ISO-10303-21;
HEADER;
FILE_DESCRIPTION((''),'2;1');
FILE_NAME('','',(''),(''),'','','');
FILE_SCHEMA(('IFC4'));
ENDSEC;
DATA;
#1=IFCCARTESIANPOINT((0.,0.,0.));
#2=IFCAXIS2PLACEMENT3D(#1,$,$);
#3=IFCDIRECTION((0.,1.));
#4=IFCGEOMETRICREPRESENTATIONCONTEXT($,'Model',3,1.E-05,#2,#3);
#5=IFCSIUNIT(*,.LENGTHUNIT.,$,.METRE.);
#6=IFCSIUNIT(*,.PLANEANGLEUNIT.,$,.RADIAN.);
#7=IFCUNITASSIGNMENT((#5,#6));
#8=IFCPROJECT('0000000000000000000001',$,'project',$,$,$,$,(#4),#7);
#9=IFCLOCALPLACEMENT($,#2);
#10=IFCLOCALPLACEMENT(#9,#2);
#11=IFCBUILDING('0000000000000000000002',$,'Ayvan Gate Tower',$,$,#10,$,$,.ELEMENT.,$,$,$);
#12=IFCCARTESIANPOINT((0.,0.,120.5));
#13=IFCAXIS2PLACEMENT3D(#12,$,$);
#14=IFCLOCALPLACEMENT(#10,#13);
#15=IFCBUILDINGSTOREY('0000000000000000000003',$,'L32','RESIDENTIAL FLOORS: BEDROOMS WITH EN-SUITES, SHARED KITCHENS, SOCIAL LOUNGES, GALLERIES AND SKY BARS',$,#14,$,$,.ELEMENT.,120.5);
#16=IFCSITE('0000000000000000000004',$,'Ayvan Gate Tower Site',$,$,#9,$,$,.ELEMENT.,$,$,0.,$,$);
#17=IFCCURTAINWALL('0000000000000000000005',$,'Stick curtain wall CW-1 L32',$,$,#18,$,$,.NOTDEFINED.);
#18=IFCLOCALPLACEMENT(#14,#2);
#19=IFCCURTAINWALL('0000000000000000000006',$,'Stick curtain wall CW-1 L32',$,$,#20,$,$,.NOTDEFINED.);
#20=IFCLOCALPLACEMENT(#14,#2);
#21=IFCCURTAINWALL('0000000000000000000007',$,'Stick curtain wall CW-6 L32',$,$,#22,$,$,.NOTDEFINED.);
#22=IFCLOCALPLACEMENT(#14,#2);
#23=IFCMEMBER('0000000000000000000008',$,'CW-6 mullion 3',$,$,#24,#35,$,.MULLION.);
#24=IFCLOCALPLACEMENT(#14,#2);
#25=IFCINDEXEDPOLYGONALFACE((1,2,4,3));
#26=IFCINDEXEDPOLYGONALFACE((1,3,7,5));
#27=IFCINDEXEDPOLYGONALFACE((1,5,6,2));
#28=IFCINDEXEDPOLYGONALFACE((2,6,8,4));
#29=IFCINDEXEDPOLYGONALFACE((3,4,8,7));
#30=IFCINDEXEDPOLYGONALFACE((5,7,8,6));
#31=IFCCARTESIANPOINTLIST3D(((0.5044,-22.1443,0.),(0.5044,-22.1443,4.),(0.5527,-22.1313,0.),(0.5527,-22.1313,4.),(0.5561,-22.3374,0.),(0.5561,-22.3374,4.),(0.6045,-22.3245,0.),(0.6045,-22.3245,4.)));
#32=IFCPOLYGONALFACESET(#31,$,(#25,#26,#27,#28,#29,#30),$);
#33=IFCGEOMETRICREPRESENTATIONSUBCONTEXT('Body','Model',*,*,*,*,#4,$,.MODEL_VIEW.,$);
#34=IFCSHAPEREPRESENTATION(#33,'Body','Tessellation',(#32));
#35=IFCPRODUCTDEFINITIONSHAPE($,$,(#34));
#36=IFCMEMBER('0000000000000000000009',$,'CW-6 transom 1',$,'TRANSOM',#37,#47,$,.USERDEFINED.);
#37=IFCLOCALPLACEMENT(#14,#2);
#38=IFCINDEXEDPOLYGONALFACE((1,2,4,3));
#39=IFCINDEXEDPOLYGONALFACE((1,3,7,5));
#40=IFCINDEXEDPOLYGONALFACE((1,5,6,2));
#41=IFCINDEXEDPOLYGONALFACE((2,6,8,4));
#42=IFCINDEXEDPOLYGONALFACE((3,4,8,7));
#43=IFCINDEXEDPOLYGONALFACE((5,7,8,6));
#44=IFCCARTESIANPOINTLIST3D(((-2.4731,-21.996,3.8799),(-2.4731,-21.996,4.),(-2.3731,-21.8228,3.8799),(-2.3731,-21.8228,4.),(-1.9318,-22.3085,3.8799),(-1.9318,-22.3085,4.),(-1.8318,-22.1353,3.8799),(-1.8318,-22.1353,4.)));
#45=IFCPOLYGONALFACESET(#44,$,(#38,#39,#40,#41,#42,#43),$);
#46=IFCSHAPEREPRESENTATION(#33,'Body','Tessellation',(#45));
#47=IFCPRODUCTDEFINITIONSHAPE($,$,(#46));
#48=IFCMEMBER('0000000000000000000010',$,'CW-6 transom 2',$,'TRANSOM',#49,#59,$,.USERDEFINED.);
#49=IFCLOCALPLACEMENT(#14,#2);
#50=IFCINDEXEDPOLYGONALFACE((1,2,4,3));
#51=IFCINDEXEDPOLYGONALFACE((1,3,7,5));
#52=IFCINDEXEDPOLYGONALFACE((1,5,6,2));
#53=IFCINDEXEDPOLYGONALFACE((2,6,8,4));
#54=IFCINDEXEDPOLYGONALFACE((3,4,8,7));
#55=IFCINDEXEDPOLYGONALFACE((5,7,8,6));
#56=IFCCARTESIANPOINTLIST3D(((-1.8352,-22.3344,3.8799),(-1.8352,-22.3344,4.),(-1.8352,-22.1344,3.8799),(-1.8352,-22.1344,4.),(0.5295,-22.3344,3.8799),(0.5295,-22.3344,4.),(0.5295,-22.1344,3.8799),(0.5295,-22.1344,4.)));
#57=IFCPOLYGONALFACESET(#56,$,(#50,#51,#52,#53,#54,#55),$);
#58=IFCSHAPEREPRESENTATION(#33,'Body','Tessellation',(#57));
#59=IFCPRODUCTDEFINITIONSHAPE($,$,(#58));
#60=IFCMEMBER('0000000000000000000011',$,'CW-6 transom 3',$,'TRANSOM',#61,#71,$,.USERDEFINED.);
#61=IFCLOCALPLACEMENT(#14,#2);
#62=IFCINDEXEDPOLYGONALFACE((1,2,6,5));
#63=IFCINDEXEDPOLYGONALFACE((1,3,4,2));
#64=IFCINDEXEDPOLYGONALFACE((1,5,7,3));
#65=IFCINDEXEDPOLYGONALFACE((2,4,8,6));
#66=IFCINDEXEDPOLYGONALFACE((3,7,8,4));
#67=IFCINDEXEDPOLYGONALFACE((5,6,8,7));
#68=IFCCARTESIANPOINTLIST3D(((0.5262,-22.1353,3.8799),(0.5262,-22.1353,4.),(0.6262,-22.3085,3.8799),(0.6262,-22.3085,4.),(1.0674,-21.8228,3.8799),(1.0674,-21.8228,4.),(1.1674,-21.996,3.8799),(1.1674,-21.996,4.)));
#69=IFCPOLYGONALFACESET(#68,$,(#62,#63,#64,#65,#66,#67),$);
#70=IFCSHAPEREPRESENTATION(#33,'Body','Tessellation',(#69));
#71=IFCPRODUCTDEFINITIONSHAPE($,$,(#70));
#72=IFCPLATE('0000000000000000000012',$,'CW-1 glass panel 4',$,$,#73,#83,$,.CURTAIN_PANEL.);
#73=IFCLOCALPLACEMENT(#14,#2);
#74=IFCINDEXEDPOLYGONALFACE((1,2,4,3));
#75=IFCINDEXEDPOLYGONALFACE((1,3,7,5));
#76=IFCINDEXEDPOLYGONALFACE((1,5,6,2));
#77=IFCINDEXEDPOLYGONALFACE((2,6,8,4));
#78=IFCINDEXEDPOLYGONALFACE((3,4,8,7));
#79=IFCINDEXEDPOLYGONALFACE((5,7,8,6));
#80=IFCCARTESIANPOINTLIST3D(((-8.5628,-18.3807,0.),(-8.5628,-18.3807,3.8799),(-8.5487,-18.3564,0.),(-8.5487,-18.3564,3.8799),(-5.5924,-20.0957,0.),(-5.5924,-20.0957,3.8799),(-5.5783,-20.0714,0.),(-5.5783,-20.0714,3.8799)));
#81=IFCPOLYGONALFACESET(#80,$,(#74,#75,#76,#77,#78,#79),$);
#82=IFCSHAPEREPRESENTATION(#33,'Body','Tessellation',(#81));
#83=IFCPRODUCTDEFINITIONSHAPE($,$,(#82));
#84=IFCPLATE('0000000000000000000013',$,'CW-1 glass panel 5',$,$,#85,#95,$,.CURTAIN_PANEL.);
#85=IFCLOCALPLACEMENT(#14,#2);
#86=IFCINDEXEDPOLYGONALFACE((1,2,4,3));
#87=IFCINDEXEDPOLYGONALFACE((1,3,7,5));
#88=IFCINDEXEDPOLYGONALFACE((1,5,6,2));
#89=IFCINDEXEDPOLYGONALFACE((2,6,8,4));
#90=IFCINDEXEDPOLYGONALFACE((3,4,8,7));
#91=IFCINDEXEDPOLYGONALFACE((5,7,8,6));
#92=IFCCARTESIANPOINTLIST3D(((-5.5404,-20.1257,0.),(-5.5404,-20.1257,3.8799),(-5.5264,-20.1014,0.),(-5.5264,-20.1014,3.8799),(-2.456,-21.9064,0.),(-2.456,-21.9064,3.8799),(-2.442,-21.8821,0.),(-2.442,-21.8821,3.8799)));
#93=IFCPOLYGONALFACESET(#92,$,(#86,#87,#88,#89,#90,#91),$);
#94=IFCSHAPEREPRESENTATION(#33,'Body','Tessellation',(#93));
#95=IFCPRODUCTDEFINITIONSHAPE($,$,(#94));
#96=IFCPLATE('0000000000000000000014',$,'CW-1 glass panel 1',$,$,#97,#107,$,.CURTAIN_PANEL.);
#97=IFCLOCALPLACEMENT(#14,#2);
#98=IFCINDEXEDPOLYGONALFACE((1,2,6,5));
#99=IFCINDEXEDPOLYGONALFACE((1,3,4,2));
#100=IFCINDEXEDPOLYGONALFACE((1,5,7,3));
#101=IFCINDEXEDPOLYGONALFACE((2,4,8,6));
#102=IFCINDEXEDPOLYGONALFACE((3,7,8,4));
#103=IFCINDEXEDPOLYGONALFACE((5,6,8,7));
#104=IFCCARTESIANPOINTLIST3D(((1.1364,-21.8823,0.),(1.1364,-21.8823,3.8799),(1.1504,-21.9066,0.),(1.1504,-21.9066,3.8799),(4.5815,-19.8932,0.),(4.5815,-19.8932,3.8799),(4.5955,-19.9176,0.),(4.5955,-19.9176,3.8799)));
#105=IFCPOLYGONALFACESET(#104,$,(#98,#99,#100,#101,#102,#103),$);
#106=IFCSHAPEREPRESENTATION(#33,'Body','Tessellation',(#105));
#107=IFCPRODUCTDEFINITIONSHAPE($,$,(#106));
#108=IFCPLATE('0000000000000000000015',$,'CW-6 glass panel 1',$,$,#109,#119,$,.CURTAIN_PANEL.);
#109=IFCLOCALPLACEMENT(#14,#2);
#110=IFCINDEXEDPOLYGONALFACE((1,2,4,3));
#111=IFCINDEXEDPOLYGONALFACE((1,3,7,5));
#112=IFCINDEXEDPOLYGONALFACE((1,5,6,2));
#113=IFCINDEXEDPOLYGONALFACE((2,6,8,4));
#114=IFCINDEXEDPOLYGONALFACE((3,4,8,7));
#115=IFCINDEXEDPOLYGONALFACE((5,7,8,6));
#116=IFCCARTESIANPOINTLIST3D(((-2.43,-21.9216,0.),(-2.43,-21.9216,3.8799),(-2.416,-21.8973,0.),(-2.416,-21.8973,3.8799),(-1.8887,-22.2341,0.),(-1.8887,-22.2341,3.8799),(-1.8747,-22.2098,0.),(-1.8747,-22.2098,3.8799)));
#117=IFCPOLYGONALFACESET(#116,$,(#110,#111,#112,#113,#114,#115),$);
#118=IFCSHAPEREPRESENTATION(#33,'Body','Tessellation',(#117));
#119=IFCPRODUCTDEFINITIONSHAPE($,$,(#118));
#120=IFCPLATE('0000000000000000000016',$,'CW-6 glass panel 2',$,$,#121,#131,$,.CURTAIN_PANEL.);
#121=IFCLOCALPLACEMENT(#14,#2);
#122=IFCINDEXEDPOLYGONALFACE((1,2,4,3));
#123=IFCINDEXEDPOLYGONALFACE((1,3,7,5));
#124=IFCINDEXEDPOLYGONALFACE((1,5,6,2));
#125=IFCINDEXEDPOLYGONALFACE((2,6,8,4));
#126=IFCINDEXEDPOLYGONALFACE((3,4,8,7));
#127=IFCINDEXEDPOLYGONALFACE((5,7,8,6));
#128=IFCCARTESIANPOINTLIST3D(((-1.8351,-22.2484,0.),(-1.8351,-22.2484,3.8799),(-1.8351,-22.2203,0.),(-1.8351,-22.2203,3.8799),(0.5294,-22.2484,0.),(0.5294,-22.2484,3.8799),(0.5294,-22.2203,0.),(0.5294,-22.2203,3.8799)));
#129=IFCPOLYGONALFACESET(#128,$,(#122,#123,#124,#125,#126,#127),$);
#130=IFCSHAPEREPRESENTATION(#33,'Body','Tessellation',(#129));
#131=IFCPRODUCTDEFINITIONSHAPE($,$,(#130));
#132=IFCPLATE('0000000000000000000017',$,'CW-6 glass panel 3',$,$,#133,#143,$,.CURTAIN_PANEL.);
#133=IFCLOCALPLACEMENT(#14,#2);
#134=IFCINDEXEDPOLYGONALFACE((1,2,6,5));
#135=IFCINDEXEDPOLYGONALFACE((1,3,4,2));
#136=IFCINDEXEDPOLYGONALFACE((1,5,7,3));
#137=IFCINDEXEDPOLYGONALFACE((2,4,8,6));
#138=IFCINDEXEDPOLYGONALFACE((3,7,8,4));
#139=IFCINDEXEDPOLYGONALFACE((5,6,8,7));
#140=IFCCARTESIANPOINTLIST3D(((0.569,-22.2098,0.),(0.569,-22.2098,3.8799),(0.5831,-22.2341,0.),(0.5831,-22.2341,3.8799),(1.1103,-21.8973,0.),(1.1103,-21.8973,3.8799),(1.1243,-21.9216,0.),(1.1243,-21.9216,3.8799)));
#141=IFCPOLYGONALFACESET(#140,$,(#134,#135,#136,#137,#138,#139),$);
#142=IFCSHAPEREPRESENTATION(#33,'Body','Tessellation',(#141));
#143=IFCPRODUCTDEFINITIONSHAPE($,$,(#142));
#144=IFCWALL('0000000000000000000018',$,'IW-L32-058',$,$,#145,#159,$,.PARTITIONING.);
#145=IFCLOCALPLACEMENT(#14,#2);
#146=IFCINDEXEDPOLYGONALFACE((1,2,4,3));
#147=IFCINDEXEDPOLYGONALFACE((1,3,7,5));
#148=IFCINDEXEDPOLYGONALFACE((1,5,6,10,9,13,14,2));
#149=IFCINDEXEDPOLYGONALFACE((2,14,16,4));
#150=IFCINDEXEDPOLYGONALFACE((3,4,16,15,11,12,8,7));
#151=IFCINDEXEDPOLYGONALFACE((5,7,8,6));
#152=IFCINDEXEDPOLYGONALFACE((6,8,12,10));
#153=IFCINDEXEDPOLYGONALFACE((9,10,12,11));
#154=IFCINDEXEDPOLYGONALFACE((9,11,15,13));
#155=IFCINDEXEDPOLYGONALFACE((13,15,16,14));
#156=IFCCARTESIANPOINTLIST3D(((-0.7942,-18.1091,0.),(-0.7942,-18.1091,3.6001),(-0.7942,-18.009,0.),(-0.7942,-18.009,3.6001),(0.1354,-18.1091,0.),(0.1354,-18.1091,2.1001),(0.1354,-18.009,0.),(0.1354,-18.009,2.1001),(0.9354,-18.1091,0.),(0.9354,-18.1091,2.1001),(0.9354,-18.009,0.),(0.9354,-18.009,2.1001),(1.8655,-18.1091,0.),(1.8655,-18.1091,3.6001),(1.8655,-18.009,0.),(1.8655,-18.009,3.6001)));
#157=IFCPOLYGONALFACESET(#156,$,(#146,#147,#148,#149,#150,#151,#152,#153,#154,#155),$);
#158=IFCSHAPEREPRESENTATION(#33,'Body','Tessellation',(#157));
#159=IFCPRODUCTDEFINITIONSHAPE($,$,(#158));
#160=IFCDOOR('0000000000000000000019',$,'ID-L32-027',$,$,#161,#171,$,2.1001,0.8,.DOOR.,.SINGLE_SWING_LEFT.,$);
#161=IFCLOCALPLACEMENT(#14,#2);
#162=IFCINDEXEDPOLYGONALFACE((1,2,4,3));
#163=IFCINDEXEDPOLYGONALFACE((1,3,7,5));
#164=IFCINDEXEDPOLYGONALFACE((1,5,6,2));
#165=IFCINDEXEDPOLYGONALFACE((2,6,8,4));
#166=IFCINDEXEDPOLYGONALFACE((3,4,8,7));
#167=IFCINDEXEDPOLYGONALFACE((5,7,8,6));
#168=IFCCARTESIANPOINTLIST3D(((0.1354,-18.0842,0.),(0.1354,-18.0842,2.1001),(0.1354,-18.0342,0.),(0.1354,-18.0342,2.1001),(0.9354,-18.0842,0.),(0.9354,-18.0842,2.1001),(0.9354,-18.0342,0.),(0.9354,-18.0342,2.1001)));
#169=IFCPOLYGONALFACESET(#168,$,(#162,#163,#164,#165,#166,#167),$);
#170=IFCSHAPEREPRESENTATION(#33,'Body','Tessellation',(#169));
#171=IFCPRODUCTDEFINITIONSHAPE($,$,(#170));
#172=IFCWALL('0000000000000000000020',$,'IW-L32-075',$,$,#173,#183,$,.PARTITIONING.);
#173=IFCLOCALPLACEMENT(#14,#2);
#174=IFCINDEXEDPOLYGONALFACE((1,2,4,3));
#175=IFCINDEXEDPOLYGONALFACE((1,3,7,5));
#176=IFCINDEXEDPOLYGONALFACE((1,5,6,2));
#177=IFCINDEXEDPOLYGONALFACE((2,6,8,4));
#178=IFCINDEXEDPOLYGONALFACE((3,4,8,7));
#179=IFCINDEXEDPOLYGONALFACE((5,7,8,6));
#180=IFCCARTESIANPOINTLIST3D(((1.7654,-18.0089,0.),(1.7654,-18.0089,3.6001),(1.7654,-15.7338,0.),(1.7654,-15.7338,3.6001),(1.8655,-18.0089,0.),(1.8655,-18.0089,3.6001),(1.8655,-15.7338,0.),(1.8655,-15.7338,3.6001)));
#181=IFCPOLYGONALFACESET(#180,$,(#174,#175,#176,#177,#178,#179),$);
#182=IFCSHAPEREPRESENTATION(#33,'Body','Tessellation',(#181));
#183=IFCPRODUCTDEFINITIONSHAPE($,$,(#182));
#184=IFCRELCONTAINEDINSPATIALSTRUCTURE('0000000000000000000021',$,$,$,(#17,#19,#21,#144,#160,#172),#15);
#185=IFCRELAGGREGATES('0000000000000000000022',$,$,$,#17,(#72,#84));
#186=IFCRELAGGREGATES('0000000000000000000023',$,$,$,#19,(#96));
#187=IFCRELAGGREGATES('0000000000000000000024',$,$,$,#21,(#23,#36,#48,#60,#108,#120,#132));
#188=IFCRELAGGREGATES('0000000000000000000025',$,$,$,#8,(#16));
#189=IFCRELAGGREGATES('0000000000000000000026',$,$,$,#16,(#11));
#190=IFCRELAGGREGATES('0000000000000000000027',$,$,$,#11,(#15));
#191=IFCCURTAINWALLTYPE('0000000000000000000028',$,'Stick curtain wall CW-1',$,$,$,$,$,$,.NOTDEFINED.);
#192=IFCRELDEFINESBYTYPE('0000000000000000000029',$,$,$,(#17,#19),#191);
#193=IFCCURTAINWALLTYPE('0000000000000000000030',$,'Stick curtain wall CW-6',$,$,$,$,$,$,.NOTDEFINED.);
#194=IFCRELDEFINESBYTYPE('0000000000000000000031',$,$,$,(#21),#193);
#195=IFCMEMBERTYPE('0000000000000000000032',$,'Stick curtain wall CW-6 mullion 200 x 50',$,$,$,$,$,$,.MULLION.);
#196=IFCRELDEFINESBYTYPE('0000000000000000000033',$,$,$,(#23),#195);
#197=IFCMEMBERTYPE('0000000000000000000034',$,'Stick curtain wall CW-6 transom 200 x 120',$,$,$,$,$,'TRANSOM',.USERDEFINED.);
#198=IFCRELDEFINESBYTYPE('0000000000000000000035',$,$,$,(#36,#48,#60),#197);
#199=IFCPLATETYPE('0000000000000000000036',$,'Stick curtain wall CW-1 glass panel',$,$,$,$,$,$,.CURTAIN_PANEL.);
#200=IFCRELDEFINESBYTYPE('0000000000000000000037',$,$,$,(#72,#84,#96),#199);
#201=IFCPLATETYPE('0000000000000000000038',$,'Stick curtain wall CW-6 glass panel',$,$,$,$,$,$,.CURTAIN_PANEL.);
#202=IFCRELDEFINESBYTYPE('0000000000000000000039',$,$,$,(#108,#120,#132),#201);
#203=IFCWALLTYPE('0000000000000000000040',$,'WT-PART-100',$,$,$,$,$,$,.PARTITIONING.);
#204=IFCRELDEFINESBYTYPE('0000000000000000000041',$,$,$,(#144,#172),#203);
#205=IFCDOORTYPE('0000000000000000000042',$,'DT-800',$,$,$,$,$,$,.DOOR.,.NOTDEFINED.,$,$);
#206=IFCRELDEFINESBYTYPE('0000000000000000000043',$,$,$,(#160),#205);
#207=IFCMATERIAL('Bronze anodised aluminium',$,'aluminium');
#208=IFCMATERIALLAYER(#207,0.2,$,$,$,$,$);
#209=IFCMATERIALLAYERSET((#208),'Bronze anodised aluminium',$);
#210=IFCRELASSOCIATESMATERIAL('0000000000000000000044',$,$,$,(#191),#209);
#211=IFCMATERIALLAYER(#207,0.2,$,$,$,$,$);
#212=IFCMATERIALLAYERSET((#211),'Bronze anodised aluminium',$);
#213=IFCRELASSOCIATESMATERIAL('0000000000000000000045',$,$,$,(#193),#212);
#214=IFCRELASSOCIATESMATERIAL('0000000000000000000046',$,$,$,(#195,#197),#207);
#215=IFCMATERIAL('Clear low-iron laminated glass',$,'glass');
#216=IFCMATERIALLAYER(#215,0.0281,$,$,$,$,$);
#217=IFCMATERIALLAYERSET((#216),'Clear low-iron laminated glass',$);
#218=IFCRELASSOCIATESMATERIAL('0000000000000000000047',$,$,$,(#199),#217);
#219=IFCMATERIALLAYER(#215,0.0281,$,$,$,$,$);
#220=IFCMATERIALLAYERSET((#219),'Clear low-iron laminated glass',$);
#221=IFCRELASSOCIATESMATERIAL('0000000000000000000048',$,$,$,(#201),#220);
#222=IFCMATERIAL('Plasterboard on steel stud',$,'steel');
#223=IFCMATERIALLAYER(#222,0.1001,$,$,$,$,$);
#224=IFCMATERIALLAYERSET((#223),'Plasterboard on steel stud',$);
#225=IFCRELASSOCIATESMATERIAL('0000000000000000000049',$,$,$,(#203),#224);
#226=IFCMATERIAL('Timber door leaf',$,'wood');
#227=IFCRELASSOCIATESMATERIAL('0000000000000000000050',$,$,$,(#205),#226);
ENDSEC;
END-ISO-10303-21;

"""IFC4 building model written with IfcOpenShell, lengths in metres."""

from ifc_helpers import new_model, si_unit, direction, frame, frame_2d, origin, origin_2d, place, context, subcontext, project, spatial, rectangle, extrude, material, layer, layer_set, material_profile, profile_set, type_object, element, fill, aggregate, save


model = new_model("IFC4")

# Units and contexts
model_context = context("Model", 3, precision=1e-05, world=origin(), true_north=direction((0.0, 1.0)))
body_context = subcontext(model_context, "Body", "Model", "MODEL_VIEW")
ifc_project = project(units=[si_unit("LENGTHUNIT", "METRE"), si_unit("PLANEANGLEUNIT", "RADIAN")], contexts=[model_context])

# Site, building, storey
site_placement = place(None, origin())
site = spatial("IfcSite", under=ifc_project, at=site_placement, Name="Ayvan Gate Tower Site", CompositionType="ELEMENT", RefElevation=0.0)
building_placement = place(site_placement, origin())
building = spatial("IfcBuilding", under=site, at=building_placement, Name="Ayvan Gate Tower", CompositionType="ELEMENT")
storey_placement = place(building_placement, frame((0.0, 0.0, 120.5)))
storey = spatial("IfcBuildingStorey", under=building, at=storey_placement, Name="L32", Description="RESIDENTIAL FLOORS: BEDROOMS WITH EN-SUITES, SHARED KITCHENS, SOCIAL LOUNGES, GALLERIES AND SKY BARS", CompositionType="ELEMENT", Elevation=120.5)

# Curtain walls, members
ifc_material_1 = material(Name="Bronze anodised aluminium", Category="aluminium")
ifc_layer_1 = layer(ifc_material_1, 0.2)
ifc_layer_set_1 = layer_set([ifc_layer_1], Name="Bronze anodised aluminium")
curtain_wall_type_1 = type_object("IfcCurtainWallType", Name="Stick curtain wall CW-1", PredefinedType="NOTDEFINED", material=ifc_layer_set_1)
curtain_wall_1_placement = place(storey_placement, origin())
curtain_wall_1 = element("IfcCurtainWall", 1, at=curtain_wall_1_placement, inside=storey, type_object=curtain_wall_type_1, Name="Stick curtain wall CW-1 L32", PredefinedType="NOTDEFINED")
curtain_wall_2_placement = place(storey_placement, origin())
curtain_wall_2 = element("IfcCurtainWall", 2, at=curtain_wall_2_placement, inside=storey, type_object=curtain_wall_type_1, Name="Stick curtain wall CW-1 L32", PredefinedType="NOTDEFINED")
ifc_layer_2 = layer(ifc_material_1, 0.2)
ifc_layer_set_2 = layer_set([ifc_layer_2], Name="Bronze anodised aluminium")
curtain_wall_type_2 = type_object("IfcCurtainWallType", Name="Stick curtain wall CW-6", PredefinedType="NOTDEFINED", material=ifc_layer_set_2)
curtain_wall_3_placement = place(storey_placement, origin())
curtain_wall_3 = element("IfcCurtainWall", 3, at=curtain_wall_3_placement, inside=storey, type_object=curtain_wall_type_2, Name="Stick curtain wall CW-6 L32", PredefinedType="NOTDEFINED")
ifc_material_profile_1 = material_profile(ifc_material_1, rectangle(XDim=0.2, YDim=0.05, at=origin_2d()), Name="Stick curtain wall CW-6 mullion 200 x 50")
ifc_profile_set_1 = profile_set([ifc_material_profile_1], Name="Bronze anodised aluminium")
member_type_1 = type_object("IfcMemberType", Name="Stick curtain wall CW-6 mullion 200 x 50", PredefinedType="MULLION", material=ifc_profile_set_1)
member_1_placement = place(storey_placement, frame((0.5544, -22.2344, 0.0), z_axis=(0.0, 0.0, 1.0), x_axis=(0.258819, -0.965926, 0.0)))
member_1 = element("IfcMember", 4, at=member_1_placement, type_object=member_type_1, Name="CW-6 mullion 3", PredefinedType="MULLION", context=body_context, shape_type="SweptSolid", body=[
    extrude(rectangle(XDim=0.2, YDim=0.05, at=origin_2d()), origin(), (0.0, 0.0, 1.0), 4.0),
])
ifc_material_profile_2 = material_profile(ifc_material_1, rectangle(XDim=0.2, YDim=0.1201, at=origin_2d()), Name="Stick curtain wall CW-6 transom 200 x 120")
ifc_profile_set_2 = profile_set([ifc_material_profile_2], Name="Bronze anodised aluminium")
member_type_2 = type_object("IfcMemberType", Name="Stick curtain wall CW-6 transom 200 x 120", ElementType="TRANSOM", PredefinedType="USERDEFINED", material=ifc_profile_set_2)
member_2_placement = place(storey_placement, frame((-2.4231, -21.9094, 3.9399), z_axis=(0.866023, -0.500004, 0.0), x_axis=(0.500004, 0.866023, 0.0)))
member_2 = element("IfcMember", 5, at=member_2_placement, type_object=member_type_2, Name="CW-6 transom 1", ObjectType="TRANSOM", PredefinedType="USERDEFINED", context=body_context, shape_type="SweptSolid", body=[
    extrude(rectangle(XDim=0.2, YDim=0.1201, at=origin_2d()), origin(), (0.0, 0.0, 1.0), 0.625),
])
member_3_placement = place(storey_placement, frame((-1.8352, -22.2344, 3.9399), z_axis=(1.0, 0.0, 0.0), x_axis=(0.0, 1.0, 0.0)))
member_3 = element("IfcMember", 6, at=member_3_placement, type_object=member_type_2, Name="CW-6 transom 2", ObjectType="TRANSOM", PredefinedType="USERDEFINED", context=body_context, shape_type="SweptSolid", body=[
    extrude(rectangle(XDim=0.2, YDim=0.1201, at=origin_2d()), origin(), (0.0, 0.0, 1.0), 2.3647),
])
member_4_placement = place(storey_placement, frame((0.5762, -22.2219, 3.9399), z_axis=(0.866023, 0.500004, 0.0), x_axis=(-0.500004, 0.866023, 0.0)))
member_4 = element("IfcMember", 7, at=member_4_placement, type_object=member_type_2, Name="CW-6 transom 3", ObjectType="TRANSOM", PredefinedType="USERDEFINED", context=body_context, shape_type="SweptSolid", body=[
    extrude(rectangle(XDim=0.2, YDim=0.1201, at=origin_2d()), origin(), (0.0, 0.0, 1.0), 0.625),
])

# Plates
ifc_material_2 = material(Name="Clear low-iron laminated glass", Category="glass")
ifc_layer_3 = layer(ifc_material_2, 0.0281)
ifc_layer_set_3 = layer_set([ifc_layer_3], Name="Clear low-iron laminated glass")
plate_type_1 = type_object("IfcPlateType", Name="Stick curtain wall CW-1 glass panel", PredefinedType="CURTAIN_PANEL", material=ifc_layer_set_3)
plate_1_placement = place(storey_placement, frame((-7.0706, -19.2261, 0.0), z_axis=(0.0, 0.0, 1.0), x_axis=(0.866025, -0.5, 0.0)))
plate_1 = element("IfcPlate", 8, at=plate_1_placement, type_object=plate_type_1, Name="CW-1 glass panel 4", PredefinedType="CURTAIN_PANEL", context=body_context, shape_type="SweptSolid", body=[
    extrude(rectangle(XDim=3.4299, YDim=0.0281, at=origin_2d()), origin(), (0.0, 0.0, 1.0), 3.8799),
])
plate_2_placement = place(storey_placement, frame((-3.9912, -21.0039, 0.0), z_axis=(0.0, 0.0, 1.0), x_axis=(0.866025, -0.5, 0.0)))
plate_2 = element("IfcPlate", 9, at=plate_2_placement, type_object=plate_type_1, Name="CW-1 glass panel 5", PredefinedType="CURTAIN_PANEL", context=body_context, shape_type="SweptSolid", body=[
    extrude(rectangle(XDim=3.5615, YDim=0.0281, at=origin_2d()), origin(), (0.0, 0.0, 1.0), 3.8799),
])
aggregate(curtain_wall_1, [plate_1, plate_2])
plate_3_placement = place(storey_placement, frame((2.866, -20.8999, 0.0), z_axis=(0.0, 0.0, 1.0), x_axis=(0.866025, 0.5, 0.0)))
plate_3 = element("IfcPlate", 10, at=plate_3_placement, type_object=plate_type_1, Name="CW-1 glass panel 1", PredefinedType="CURTAIN_PANEL", context=body_context, shape_type="SweptSolid", body=[
    extrude(rectangle(XDim=3.978, YDim=0.0281, at=origin_2d()), origin(), (0.0, 0.0, 1.0), 3.8799),
])
aggregate(curtain_wall_2, [plate_3])
ifc_layer_4 = layer(ifc_material_2, 0.0281)
ifc_layer_set_4 = layer_set([ifc_layer_4], Name="Clear low-iron laminated glass")
plate_type_2 = type_object("IfcPlateType", Name="Stick curtain wall CW-6 glass panel", PredefinedType="CURTAIN_PANEL", material=ifc_layer_set_4)
plate_4_placement = place(storey_placement, frame((-2.1523, -22.0657, 0.0), z_axis=(0.0, 0.0, 1.0), x_axis=(0.866025, -0.5, 0.0)))
plate_4 = element("IfcPlate", 11, at=plate_4_placement, type_object=plate_type_2, Name="CW-6 glass panel 1", PredefinedType="CURTAIN_PANEL", context=body_context, shape_type="SweptSolid", body=[
    extrude(rectangle(XDim=0.625, YDim=0.0281, at=origin_2d()), origin(), (0.0, 0.0, 1.0), 3.8799),
])
plate_5_placement = place(storey_placement, frame((-0.6528, -22.2344, 0.0), z_axis=(0.0, 0.0, 1.0), x_axis=(1.0, 0.0, 0.0)))
plate_5 = element("IfcPlate", 12, at=plate_5_placement, type_object=plate_type_2, Name="CW-6 glass panel 2", PredefinedType="CURTAIN_PANEL", context=body_context, shape_type="SweptSolid", body=[
    extrude(rectangle(XDim=2.3645, YDim=0.0281, at=origin_2d()), origin(), (0.0, 0.0, 1.0), 3.8799),
])
plate_6_placement = place(storey_placement, frame((0.8467, -22.0657, 0.0), z_axis=(0.0, 0.0, 1.0), x_axis=(0.866025, 0.5, 0.0)))
plate_6 = element("IfcPlate", 13, at=plate_6_placement, type_object=plate_type_2, Name="CW-6 glass panel 3", PredefinedType="CURTAIN_PANEL", context=body_context, shape_type="SweptSolid", body=[
    extrude(rectangle(XDim=0.625, YDim=0.0281, at=origin_2d()), origin(), (0.0, 0.0, 1.0), 3.8799),
])
aggregate(curtain_wall_3, [member_1, member_2, member_3, member_4, plate_4, plate_5, plate_6])

# Wall, opening, door
ifc_material_3 = material(Name="Plasterboard on steel stud", Category="steel")
ifc_layer_5 = layer(ifc_material_3, 0.1001)
ifc_layer_set_5 = layer_set([ifc_layer_5], Name="Plasterboard on steel stud")
wall_type = type_object("IfcWallType", Name="WT-PART-100", PredefinedType="PARTITIONING", material=ifc_layer_set_5)
wall_1_placement = place(storey_placement, frame((-0.7942, -18.0591, 0.0), z_axis=(0.0, 0.0, 1.0), x_axis=(1.0, 0.0, 0.0)))
wall_1 = element("IfcWall", 14, at=wall_1_placement, inside=storey, type_object=wall_type, Name="IW-L32-058", PredefinedType="PARTITIONING", context=body_context, shape_type="SweptSolid", body=[
    extrude(rectangle(XDim=2.6597, YDim=0.1001, at=frame_2d((1.3298, 0.0))), origin(), (0.0, 0.0, 1.0), 3.6001),
])
opening_placement = place(wall_1_placement, frame((0.9297, 0.0, 0.0)))
opening = element("IfcOpeningElement", 15, at=opening_placement, cuts=wall_1, PredefinedType="OPENING", context=body_context, shape_type="SweptSolid", body=[
    extrude(rectangle(XDim=0.8, YDim=2.1001, at=frame_2d((0.3999, 1.05))), frame((0.0, 0.0601, 0.0), z_axis=(0.0, -1.0, 0.0), x_axis=(1.0, 0.0, 0.0)), (0.0, 0.0, 1.0), 0.1201),
])
ifc_material_4 = material(Name="Timber door leaf", Category="wood")
door_type = type_object("IfcDoorType", Name="DT-800", OperationType="NOTDEFINED", PredefinedType="DOOR", material=ifc_material_4)
door_placement = place(opening_placement, origin())
door = element("IfcDoor", 16, at=door_placement, inside=storey, type_object=door_type, Name="ID-L32-027", OperationType="SINGLE_SWING_LEFT", OverallHeight=2.1001, OverallWidth=0.8, PredefinedType="DOOR", context=body_context, shape_type="SweptSolid", body=[
    extrude(rectangle(XDim=0.8, YDim=2.1001, at=frame_2d((0.3999, 1.05))), frame((0.0, 0.0249, 0.0), z_axis=(0.0, -1.0, 0.0), x_axis=(1.0, 0.0, 0.0)), (0.0, 0.0, 1.0), 0.05),
])
fill(opening, door)

# Wall
wall_2_placement = place(storey_placement, frame((1.8154, -18.009, 0.0), z_axis=(0.0, 0.0, 1.0), x_axis=(0.0, 1.0, 0.0)))
element("IfcWall", 17, at=wall_2_placement, inside=storey, type_object=wall_type, Name="IW-L32-075", PredefinedType="PARTITIONING", context=body_context, shape_type="SweptSolid", body=[
    extrude(rectangle(XDim=2.2751, YDim=0.1001, at=frame_2d((1.1377, 0.0))), origin(), (0.0, 0.0, 1.0), 3.6001),
])

save(model, "model.ifc")
